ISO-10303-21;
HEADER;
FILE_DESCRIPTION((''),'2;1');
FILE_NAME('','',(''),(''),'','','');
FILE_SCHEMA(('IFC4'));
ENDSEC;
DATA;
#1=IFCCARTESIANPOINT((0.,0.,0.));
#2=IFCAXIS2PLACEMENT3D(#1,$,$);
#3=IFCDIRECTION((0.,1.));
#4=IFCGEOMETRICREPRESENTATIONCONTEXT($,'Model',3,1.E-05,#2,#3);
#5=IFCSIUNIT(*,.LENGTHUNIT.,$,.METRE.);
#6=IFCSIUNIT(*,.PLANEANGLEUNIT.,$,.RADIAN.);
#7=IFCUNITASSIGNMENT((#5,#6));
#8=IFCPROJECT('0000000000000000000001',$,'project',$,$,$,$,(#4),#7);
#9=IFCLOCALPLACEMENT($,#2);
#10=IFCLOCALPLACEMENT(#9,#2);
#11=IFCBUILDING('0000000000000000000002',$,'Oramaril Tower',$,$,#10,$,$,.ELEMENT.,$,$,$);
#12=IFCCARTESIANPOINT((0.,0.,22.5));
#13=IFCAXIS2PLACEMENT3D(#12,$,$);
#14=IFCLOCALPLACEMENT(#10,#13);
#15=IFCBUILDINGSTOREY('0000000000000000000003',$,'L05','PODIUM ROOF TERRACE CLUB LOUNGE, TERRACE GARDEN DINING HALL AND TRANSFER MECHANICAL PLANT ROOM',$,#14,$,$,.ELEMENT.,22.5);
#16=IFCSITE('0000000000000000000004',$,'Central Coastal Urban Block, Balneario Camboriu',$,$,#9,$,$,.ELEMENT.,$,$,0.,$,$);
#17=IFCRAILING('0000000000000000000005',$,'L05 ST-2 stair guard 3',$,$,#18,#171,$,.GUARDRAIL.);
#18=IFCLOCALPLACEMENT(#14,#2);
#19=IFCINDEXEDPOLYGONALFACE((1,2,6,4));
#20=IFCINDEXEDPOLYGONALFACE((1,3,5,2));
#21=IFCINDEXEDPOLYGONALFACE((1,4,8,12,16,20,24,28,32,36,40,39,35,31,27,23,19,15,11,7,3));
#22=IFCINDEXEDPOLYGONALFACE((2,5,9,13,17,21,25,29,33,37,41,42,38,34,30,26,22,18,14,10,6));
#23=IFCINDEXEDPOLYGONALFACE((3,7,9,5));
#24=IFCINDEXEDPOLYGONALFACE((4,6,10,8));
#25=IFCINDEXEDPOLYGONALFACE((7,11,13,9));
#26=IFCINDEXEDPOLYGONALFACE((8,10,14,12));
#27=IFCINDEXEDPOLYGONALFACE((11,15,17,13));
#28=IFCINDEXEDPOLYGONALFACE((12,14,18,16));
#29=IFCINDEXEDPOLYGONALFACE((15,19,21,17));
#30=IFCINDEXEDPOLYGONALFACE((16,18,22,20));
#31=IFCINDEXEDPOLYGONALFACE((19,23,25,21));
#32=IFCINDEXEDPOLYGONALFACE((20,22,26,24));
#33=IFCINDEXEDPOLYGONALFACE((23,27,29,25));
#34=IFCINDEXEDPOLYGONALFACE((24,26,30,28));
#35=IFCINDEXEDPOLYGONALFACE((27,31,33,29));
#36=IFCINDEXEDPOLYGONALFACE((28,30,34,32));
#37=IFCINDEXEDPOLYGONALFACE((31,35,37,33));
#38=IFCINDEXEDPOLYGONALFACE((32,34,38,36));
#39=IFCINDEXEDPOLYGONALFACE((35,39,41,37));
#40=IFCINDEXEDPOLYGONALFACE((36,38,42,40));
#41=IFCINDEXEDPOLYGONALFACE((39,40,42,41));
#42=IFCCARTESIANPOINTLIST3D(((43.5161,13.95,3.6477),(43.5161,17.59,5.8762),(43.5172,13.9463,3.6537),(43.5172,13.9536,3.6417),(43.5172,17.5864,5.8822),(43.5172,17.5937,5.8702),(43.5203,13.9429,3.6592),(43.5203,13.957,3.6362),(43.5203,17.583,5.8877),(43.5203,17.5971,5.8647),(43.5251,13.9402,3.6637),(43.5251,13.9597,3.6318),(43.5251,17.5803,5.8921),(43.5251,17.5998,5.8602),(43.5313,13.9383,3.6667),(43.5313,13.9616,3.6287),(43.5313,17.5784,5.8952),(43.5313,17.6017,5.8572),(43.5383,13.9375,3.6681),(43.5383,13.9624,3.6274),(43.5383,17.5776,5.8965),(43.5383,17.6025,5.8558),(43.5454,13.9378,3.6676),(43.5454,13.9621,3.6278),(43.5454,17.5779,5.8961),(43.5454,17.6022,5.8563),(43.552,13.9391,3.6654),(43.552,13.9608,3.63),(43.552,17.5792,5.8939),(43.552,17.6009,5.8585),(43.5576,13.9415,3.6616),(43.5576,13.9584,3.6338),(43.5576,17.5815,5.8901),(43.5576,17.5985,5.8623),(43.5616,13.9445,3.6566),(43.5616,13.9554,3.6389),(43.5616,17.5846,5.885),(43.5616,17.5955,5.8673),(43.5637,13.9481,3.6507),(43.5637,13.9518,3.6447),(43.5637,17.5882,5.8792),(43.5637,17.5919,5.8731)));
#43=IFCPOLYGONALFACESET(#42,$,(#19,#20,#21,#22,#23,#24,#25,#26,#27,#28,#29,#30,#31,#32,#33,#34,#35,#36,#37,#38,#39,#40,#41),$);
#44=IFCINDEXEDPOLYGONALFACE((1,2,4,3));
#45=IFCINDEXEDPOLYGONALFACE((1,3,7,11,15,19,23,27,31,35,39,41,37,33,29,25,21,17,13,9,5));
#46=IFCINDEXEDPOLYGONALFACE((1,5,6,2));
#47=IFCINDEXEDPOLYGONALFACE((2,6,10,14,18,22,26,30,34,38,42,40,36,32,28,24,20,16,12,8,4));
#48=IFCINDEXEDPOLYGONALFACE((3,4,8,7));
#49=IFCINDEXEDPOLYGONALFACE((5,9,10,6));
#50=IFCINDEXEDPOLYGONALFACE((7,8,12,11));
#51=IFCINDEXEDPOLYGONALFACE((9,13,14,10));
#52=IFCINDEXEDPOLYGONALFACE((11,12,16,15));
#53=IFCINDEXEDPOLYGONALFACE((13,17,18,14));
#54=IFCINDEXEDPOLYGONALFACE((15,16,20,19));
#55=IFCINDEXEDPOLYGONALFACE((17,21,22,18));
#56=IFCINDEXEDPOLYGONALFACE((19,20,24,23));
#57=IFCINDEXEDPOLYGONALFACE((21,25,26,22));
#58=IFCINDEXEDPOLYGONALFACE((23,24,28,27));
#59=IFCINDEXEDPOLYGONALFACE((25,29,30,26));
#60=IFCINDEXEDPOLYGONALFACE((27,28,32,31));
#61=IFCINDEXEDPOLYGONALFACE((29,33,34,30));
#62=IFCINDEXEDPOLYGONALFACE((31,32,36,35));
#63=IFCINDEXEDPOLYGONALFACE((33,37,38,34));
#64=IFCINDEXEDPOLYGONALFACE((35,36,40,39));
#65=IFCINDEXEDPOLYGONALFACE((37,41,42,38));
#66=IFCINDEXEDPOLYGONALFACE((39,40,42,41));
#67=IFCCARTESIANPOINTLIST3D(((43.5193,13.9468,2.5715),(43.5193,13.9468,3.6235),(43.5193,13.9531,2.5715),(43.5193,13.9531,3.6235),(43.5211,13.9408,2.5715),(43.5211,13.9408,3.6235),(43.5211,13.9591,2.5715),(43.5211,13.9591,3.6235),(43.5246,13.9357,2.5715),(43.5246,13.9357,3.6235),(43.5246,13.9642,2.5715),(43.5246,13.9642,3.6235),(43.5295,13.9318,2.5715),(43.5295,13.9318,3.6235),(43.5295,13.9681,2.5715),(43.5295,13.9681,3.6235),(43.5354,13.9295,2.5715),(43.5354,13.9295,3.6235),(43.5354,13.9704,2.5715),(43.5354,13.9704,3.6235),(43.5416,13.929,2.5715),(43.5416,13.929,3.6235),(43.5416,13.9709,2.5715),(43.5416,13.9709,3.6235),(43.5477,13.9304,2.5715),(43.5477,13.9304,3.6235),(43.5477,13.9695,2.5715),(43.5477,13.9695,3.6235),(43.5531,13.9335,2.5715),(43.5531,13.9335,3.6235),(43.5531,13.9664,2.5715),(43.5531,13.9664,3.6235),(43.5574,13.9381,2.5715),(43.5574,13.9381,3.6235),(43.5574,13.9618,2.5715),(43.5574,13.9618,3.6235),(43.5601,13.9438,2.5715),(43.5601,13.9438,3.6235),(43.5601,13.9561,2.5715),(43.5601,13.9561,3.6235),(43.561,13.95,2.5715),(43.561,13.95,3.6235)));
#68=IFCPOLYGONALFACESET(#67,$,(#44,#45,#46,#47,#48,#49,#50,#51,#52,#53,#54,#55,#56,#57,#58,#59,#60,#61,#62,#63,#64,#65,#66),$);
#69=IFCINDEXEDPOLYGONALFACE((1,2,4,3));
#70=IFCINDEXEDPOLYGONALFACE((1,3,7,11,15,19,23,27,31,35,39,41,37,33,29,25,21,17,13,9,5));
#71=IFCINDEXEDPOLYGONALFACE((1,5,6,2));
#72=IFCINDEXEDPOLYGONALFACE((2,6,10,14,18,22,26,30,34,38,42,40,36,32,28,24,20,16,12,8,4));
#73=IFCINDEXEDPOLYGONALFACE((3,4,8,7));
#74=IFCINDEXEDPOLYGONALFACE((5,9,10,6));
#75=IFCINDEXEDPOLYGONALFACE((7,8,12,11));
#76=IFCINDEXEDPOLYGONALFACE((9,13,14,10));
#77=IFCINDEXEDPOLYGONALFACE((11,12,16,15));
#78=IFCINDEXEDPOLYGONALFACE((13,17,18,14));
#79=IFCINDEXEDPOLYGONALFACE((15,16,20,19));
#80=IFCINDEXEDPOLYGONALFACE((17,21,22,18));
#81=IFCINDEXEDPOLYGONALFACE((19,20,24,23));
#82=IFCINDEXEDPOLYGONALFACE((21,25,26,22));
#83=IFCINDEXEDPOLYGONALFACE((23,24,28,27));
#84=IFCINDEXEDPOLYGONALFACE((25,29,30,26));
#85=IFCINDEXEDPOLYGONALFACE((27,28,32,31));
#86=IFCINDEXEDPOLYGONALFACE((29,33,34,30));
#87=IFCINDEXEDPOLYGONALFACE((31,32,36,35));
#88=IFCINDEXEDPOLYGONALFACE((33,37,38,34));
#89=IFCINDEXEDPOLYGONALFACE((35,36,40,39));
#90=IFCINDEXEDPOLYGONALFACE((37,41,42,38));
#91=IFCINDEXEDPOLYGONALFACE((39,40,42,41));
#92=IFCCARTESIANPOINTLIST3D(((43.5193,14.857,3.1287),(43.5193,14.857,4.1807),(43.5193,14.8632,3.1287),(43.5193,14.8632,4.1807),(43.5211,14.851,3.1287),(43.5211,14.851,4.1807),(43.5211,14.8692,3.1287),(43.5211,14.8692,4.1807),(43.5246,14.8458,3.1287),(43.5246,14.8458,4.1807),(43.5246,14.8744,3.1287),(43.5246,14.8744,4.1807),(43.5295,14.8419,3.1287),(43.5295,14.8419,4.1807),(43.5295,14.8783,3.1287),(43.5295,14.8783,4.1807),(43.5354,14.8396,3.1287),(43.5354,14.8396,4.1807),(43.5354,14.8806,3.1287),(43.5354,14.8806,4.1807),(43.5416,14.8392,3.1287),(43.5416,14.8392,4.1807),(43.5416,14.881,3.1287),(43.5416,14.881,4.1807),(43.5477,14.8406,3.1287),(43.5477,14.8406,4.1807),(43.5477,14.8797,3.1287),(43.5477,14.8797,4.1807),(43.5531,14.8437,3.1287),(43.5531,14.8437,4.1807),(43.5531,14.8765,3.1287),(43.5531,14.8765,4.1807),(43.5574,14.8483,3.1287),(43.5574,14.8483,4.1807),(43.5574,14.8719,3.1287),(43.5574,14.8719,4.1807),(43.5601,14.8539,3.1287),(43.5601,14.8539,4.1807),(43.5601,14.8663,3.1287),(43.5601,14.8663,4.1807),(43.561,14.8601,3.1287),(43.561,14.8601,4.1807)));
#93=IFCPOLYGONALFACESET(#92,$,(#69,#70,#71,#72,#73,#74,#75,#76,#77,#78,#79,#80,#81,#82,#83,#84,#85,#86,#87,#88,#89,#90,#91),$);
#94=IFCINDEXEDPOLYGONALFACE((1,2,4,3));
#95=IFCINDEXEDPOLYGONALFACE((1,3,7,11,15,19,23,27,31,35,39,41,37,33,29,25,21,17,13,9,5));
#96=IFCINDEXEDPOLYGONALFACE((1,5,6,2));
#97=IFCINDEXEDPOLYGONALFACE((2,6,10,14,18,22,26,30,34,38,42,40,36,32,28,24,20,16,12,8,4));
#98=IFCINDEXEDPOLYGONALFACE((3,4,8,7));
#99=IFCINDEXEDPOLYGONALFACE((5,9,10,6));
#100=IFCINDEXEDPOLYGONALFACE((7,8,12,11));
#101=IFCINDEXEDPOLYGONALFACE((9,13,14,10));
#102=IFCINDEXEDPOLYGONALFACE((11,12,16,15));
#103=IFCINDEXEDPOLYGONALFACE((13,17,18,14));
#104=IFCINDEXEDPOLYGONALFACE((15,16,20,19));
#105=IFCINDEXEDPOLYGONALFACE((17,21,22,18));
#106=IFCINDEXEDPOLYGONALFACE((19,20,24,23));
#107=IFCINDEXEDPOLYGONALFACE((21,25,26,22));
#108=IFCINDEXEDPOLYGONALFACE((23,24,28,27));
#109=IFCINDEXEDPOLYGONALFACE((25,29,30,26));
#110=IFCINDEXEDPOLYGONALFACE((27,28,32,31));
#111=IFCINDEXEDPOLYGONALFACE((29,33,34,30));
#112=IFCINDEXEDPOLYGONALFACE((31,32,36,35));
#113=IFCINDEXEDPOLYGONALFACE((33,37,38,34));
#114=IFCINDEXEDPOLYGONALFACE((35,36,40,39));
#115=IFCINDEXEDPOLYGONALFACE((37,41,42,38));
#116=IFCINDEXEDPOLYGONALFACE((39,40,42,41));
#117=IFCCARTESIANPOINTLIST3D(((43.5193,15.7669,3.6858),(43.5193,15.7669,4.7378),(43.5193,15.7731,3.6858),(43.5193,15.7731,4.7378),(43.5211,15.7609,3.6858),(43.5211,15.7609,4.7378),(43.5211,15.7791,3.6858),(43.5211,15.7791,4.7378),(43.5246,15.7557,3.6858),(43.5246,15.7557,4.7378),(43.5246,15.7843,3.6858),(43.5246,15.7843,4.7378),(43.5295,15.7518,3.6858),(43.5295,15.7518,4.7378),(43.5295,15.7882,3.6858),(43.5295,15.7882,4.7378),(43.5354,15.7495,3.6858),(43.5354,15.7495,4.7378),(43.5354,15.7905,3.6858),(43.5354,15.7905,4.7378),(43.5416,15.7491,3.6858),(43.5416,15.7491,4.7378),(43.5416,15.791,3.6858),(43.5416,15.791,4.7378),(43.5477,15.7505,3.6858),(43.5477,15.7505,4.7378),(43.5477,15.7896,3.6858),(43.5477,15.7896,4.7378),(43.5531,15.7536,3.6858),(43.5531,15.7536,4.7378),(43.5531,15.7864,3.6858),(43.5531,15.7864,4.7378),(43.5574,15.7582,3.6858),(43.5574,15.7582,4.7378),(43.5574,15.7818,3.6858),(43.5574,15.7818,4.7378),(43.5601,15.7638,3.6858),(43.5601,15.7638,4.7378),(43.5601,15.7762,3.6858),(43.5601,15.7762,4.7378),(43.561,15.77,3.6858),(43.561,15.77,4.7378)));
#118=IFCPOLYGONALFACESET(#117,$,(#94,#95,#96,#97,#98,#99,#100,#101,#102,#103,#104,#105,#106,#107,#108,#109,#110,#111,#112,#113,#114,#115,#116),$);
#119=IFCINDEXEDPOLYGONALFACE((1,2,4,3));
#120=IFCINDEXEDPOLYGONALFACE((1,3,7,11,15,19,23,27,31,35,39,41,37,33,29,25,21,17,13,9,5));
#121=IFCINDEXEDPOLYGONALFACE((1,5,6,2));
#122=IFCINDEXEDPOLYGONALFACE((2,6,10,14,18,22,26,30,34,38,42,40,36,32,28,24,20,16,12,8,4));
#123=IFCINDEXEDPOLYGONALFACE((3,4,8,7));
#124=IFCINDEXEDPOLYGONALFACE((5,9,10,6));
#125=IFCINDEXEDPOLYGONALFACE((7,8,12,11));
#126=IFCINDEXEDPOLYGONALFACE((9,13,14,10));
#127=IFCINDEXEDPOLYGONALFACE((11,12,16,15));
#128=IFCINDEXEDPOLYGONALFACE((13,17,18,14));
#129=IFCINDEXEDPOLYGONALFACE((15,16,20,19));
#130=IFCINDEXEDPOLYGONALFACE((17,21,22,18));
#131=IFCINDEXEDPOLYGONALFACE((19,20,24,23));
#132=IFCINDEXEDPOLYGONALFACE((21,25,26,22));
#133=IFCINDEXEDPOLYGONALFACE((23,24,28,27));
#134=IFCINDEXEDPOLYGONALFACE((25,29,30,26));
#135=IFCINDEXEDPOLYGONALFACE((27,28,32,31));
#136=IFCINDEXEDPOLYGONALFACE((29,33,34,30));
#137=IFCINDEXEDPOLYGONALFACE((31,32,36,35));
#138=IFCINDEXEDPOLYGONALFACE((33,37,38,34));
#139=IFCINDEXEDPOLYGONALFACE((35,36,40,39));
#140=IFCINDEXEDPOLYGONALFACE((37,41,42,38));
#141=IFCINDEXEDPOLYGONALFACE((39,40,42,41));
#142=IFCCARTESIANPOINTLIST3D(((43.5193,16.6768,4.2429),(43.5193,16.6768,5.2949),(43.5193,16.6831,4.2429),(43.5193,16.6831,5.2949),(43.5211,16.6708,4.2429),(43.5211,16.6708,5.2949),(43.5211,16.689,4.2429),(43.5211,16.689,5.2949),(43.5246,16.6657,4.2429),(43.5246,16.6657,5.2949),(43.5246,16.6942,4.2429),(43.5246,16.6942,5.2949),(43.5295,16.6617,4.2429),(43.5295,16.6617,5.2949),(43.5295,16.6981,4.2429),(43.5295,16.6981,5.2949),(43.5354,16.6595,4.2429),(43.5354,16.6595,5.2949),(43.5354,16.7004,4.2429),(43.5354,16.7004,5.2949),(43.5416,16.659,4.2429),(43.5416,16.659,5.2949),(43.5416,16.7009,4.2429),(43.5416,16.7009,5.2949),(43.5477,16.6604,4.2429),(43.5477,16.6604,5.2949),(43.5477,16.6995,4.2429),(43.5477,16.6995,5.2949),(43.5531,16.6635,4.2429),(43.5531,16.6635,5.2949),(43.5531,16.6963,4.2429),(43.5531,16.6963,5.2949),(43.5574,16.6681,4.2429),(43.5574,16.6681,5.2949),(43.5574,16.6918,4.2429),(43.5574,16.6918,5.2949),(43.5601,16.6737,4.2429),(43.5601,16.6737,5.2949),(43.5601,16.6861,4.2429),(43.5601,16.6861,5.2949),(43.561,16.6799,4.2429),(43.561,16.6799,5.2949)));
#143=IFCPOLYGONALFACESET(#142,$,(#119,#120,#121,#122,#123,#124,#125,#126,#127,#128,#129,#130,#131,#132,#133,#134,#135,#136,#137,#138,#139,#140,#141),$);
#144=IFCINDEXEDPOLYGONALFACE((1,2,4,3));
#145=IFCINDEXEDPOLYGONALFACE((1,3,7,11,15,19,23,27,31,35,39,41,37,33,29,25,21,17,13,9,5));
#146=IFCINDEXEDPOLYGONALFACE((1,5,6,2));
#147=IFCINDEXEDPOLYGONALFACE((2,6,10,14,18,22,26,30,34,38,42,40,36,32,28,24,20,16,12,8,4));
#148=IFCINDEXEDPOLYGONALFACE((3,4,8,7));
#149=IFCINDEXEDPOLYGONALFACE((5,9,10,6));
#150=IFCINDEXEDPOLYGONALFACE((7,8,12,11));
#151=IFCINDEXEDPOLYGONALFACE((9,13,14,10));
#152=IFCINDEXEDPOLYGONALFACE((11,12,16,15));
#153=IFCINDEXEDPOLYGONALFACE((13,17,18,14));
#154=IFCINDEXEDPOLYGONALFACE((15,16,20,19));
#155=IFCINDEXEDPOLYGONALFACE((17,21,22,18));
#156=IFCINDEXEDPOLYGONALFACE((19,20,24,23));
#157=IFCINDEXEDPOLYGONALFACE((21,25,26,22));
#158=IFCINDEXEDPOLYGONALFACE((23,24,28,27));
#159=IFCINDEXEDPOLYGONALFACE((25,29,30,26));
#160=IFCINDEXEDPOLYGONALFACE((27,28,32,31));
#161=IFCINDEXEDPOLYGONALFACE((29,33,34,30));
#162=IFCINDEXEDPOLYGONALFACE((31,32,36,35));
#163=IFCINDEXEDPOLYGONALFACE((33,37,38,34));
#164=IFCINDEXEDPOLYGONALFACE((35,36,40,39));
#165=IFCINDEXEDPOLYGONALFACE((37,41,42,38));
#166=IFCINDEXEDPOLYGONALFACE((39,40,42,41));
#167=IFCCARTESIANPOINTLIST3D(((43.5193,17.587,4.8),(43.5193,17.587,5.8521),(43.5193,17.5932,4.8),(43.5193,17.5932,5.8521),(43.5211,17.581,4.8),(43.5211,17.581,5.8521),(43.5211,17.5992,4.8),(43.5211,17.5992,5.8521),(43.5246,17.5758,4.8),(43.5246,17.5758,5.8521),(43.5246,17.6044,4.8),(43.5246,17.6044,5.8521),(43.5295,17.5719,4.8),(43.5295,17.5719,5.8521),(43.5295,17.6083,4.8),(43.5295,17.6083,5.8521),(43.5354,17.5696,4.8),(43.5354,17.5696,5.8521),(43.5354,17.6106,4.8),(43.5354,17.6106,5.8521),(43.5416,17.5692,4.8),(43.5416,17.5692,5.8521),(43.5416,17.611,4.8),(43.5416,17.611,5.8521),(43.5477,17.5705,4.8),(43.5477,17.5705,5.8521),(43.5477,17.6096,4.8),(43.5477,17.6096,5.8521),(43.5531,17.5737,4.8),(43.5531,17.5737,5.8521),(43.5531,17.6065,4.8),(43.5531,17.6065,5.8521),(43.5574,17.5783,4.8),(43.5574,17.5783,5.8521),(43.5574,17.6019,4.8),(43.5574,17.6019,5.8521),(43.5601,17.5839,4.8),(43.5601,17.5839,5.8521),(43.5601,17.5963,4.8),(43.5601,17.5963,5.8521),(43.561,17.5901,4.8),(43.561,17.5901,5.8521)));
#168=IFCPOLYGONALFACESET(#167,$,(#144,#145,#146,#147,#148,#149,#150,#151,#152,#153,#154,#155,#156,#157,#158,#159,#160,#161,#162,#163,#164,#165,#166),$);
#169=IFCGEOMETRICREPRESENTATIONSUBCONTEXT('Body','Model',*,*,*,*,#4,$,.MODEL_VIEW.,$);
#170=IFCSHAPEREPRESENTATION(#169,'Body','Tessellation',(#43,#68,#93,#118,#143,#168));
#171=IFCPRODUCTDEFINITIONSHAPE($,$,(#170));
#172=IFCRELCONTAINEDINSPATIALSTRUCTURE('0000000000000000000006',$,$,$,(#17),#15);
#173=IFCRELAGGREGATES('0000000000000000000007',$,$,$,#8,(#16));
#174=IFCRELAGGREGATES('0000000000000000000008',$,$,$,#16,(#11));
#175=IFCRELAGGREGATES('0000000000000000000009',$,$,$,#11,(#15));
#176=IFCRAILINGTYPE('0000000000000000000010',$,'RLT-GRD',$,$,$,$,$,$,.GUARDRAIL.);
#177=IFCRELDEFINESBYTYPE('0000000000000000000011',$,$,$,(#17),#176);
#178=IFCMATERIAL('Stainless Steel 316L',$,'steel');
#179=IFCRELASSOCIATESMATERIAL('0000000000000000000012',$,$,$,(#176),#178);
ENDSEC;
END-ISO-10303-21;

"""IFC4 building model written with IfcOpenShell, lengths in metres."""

from ifc_helpers import new_model, si_unit, direction, frame, origin, origin_2d, place, context, subcontext, project, spatial, circle, extrude, material, type_object, element, save


model = new_model("IFC4")

# Units and contexts
model_context = context("Model", 3, precision=1e-05, world=origin(), true_north=direction((0.0, 1.0)))
body_context = subcontext(model_context, "Body", "Model", "MODEL_VIEW")
ifc_project = project(units=[si_unit("LENGTHUNIT", "METRE"), si_unit("PLANEANGLEUNIT", "RADIAN")], contexts=[model_context])

# Site, building, storey
site_placement = place(None, origin())
site = spatial("IfcSite", under=ifc_project, at=site_placement, Name="Central Coastal Urban Block, Balneario Camboriu", CompositionType="ELEMENT", RefElevation=0.0)
building_placement = place(site_placement, origin())
building = spatial("IfcBuilding", under=site, at=building_placement, Name="Oramaril Tower", CompositionType="ELEMENT")
storey_placement = place(building_placement, frame((0.0, 0.0, 22.5)))
storey = spatial("IfcBuildingStorey", under=building, at=storey_placement, Name="L05", Description="PODIUM ROOF TERRACE CLUB LOUNGE, TERRACE GARDEN DINING HALL AND TRANSFER MECHANICAL PLANT ROOM", CompositionType="ELEMENT", Elevation=22.5)

# Railing
ifc_material_1 = material(Name="Stainless Steel 316L", Category="steel")
railing_type_1 = type_object("IfcRailingType", Name="RLT-GRD", PredefinedType="GUARDRAIL", material=ifc_material_1)
railing_1_placement = place(storey_placement, frame((43.54, 13.95, 2.5715)))
element("IfcRailing", 1, at=railing_1_placement, inside=storey, type_object=railing_type_1, Name="L05 ST-2 stair guard 3", PredefinedType="GUARDRAIL", context=body_context, shape_type="SweptSolid", body=[
    extrude(circle(Radius=0.0239, at=origin_2d()), frame((0.0, 0.0, 1.0762), z_axis=(0.0, 0.852866, 0.52213), x_axis=(-1.0, 0.0, 0.0)), (0.0, 0.0, 1.0), 4.2681),
    extrude(circle(Radius=0.021, at=origin_2d()), origin(), (0.0, 0.0, 1.0), 1.052),
    extrude(circle(Radius=0.021, at=origin_2d()), frame((0.0, 0.9102, 0.5571)), (0.0, 0.0, 1.0), 1.052),
    extrude(circle(Radius=0.021, at=origin_2d()), frame((0.0, 1.8201, 1.1143)), (0.0, 0.0, 1.0), 1.052),
    extrude(circle(Radius=0.021, at=origin_2d()), frame((0.0, 2.73, 1.6714)), (0.0, 0.0, 1.0), 1.052),
    extrude(circle(Radius=0.021, at=origin_2d()), frame((0.0, 3.6401, 2.2285)), (0.0, 0.0, 1.0), 1.052),
])

save(model, "model.ifc")
